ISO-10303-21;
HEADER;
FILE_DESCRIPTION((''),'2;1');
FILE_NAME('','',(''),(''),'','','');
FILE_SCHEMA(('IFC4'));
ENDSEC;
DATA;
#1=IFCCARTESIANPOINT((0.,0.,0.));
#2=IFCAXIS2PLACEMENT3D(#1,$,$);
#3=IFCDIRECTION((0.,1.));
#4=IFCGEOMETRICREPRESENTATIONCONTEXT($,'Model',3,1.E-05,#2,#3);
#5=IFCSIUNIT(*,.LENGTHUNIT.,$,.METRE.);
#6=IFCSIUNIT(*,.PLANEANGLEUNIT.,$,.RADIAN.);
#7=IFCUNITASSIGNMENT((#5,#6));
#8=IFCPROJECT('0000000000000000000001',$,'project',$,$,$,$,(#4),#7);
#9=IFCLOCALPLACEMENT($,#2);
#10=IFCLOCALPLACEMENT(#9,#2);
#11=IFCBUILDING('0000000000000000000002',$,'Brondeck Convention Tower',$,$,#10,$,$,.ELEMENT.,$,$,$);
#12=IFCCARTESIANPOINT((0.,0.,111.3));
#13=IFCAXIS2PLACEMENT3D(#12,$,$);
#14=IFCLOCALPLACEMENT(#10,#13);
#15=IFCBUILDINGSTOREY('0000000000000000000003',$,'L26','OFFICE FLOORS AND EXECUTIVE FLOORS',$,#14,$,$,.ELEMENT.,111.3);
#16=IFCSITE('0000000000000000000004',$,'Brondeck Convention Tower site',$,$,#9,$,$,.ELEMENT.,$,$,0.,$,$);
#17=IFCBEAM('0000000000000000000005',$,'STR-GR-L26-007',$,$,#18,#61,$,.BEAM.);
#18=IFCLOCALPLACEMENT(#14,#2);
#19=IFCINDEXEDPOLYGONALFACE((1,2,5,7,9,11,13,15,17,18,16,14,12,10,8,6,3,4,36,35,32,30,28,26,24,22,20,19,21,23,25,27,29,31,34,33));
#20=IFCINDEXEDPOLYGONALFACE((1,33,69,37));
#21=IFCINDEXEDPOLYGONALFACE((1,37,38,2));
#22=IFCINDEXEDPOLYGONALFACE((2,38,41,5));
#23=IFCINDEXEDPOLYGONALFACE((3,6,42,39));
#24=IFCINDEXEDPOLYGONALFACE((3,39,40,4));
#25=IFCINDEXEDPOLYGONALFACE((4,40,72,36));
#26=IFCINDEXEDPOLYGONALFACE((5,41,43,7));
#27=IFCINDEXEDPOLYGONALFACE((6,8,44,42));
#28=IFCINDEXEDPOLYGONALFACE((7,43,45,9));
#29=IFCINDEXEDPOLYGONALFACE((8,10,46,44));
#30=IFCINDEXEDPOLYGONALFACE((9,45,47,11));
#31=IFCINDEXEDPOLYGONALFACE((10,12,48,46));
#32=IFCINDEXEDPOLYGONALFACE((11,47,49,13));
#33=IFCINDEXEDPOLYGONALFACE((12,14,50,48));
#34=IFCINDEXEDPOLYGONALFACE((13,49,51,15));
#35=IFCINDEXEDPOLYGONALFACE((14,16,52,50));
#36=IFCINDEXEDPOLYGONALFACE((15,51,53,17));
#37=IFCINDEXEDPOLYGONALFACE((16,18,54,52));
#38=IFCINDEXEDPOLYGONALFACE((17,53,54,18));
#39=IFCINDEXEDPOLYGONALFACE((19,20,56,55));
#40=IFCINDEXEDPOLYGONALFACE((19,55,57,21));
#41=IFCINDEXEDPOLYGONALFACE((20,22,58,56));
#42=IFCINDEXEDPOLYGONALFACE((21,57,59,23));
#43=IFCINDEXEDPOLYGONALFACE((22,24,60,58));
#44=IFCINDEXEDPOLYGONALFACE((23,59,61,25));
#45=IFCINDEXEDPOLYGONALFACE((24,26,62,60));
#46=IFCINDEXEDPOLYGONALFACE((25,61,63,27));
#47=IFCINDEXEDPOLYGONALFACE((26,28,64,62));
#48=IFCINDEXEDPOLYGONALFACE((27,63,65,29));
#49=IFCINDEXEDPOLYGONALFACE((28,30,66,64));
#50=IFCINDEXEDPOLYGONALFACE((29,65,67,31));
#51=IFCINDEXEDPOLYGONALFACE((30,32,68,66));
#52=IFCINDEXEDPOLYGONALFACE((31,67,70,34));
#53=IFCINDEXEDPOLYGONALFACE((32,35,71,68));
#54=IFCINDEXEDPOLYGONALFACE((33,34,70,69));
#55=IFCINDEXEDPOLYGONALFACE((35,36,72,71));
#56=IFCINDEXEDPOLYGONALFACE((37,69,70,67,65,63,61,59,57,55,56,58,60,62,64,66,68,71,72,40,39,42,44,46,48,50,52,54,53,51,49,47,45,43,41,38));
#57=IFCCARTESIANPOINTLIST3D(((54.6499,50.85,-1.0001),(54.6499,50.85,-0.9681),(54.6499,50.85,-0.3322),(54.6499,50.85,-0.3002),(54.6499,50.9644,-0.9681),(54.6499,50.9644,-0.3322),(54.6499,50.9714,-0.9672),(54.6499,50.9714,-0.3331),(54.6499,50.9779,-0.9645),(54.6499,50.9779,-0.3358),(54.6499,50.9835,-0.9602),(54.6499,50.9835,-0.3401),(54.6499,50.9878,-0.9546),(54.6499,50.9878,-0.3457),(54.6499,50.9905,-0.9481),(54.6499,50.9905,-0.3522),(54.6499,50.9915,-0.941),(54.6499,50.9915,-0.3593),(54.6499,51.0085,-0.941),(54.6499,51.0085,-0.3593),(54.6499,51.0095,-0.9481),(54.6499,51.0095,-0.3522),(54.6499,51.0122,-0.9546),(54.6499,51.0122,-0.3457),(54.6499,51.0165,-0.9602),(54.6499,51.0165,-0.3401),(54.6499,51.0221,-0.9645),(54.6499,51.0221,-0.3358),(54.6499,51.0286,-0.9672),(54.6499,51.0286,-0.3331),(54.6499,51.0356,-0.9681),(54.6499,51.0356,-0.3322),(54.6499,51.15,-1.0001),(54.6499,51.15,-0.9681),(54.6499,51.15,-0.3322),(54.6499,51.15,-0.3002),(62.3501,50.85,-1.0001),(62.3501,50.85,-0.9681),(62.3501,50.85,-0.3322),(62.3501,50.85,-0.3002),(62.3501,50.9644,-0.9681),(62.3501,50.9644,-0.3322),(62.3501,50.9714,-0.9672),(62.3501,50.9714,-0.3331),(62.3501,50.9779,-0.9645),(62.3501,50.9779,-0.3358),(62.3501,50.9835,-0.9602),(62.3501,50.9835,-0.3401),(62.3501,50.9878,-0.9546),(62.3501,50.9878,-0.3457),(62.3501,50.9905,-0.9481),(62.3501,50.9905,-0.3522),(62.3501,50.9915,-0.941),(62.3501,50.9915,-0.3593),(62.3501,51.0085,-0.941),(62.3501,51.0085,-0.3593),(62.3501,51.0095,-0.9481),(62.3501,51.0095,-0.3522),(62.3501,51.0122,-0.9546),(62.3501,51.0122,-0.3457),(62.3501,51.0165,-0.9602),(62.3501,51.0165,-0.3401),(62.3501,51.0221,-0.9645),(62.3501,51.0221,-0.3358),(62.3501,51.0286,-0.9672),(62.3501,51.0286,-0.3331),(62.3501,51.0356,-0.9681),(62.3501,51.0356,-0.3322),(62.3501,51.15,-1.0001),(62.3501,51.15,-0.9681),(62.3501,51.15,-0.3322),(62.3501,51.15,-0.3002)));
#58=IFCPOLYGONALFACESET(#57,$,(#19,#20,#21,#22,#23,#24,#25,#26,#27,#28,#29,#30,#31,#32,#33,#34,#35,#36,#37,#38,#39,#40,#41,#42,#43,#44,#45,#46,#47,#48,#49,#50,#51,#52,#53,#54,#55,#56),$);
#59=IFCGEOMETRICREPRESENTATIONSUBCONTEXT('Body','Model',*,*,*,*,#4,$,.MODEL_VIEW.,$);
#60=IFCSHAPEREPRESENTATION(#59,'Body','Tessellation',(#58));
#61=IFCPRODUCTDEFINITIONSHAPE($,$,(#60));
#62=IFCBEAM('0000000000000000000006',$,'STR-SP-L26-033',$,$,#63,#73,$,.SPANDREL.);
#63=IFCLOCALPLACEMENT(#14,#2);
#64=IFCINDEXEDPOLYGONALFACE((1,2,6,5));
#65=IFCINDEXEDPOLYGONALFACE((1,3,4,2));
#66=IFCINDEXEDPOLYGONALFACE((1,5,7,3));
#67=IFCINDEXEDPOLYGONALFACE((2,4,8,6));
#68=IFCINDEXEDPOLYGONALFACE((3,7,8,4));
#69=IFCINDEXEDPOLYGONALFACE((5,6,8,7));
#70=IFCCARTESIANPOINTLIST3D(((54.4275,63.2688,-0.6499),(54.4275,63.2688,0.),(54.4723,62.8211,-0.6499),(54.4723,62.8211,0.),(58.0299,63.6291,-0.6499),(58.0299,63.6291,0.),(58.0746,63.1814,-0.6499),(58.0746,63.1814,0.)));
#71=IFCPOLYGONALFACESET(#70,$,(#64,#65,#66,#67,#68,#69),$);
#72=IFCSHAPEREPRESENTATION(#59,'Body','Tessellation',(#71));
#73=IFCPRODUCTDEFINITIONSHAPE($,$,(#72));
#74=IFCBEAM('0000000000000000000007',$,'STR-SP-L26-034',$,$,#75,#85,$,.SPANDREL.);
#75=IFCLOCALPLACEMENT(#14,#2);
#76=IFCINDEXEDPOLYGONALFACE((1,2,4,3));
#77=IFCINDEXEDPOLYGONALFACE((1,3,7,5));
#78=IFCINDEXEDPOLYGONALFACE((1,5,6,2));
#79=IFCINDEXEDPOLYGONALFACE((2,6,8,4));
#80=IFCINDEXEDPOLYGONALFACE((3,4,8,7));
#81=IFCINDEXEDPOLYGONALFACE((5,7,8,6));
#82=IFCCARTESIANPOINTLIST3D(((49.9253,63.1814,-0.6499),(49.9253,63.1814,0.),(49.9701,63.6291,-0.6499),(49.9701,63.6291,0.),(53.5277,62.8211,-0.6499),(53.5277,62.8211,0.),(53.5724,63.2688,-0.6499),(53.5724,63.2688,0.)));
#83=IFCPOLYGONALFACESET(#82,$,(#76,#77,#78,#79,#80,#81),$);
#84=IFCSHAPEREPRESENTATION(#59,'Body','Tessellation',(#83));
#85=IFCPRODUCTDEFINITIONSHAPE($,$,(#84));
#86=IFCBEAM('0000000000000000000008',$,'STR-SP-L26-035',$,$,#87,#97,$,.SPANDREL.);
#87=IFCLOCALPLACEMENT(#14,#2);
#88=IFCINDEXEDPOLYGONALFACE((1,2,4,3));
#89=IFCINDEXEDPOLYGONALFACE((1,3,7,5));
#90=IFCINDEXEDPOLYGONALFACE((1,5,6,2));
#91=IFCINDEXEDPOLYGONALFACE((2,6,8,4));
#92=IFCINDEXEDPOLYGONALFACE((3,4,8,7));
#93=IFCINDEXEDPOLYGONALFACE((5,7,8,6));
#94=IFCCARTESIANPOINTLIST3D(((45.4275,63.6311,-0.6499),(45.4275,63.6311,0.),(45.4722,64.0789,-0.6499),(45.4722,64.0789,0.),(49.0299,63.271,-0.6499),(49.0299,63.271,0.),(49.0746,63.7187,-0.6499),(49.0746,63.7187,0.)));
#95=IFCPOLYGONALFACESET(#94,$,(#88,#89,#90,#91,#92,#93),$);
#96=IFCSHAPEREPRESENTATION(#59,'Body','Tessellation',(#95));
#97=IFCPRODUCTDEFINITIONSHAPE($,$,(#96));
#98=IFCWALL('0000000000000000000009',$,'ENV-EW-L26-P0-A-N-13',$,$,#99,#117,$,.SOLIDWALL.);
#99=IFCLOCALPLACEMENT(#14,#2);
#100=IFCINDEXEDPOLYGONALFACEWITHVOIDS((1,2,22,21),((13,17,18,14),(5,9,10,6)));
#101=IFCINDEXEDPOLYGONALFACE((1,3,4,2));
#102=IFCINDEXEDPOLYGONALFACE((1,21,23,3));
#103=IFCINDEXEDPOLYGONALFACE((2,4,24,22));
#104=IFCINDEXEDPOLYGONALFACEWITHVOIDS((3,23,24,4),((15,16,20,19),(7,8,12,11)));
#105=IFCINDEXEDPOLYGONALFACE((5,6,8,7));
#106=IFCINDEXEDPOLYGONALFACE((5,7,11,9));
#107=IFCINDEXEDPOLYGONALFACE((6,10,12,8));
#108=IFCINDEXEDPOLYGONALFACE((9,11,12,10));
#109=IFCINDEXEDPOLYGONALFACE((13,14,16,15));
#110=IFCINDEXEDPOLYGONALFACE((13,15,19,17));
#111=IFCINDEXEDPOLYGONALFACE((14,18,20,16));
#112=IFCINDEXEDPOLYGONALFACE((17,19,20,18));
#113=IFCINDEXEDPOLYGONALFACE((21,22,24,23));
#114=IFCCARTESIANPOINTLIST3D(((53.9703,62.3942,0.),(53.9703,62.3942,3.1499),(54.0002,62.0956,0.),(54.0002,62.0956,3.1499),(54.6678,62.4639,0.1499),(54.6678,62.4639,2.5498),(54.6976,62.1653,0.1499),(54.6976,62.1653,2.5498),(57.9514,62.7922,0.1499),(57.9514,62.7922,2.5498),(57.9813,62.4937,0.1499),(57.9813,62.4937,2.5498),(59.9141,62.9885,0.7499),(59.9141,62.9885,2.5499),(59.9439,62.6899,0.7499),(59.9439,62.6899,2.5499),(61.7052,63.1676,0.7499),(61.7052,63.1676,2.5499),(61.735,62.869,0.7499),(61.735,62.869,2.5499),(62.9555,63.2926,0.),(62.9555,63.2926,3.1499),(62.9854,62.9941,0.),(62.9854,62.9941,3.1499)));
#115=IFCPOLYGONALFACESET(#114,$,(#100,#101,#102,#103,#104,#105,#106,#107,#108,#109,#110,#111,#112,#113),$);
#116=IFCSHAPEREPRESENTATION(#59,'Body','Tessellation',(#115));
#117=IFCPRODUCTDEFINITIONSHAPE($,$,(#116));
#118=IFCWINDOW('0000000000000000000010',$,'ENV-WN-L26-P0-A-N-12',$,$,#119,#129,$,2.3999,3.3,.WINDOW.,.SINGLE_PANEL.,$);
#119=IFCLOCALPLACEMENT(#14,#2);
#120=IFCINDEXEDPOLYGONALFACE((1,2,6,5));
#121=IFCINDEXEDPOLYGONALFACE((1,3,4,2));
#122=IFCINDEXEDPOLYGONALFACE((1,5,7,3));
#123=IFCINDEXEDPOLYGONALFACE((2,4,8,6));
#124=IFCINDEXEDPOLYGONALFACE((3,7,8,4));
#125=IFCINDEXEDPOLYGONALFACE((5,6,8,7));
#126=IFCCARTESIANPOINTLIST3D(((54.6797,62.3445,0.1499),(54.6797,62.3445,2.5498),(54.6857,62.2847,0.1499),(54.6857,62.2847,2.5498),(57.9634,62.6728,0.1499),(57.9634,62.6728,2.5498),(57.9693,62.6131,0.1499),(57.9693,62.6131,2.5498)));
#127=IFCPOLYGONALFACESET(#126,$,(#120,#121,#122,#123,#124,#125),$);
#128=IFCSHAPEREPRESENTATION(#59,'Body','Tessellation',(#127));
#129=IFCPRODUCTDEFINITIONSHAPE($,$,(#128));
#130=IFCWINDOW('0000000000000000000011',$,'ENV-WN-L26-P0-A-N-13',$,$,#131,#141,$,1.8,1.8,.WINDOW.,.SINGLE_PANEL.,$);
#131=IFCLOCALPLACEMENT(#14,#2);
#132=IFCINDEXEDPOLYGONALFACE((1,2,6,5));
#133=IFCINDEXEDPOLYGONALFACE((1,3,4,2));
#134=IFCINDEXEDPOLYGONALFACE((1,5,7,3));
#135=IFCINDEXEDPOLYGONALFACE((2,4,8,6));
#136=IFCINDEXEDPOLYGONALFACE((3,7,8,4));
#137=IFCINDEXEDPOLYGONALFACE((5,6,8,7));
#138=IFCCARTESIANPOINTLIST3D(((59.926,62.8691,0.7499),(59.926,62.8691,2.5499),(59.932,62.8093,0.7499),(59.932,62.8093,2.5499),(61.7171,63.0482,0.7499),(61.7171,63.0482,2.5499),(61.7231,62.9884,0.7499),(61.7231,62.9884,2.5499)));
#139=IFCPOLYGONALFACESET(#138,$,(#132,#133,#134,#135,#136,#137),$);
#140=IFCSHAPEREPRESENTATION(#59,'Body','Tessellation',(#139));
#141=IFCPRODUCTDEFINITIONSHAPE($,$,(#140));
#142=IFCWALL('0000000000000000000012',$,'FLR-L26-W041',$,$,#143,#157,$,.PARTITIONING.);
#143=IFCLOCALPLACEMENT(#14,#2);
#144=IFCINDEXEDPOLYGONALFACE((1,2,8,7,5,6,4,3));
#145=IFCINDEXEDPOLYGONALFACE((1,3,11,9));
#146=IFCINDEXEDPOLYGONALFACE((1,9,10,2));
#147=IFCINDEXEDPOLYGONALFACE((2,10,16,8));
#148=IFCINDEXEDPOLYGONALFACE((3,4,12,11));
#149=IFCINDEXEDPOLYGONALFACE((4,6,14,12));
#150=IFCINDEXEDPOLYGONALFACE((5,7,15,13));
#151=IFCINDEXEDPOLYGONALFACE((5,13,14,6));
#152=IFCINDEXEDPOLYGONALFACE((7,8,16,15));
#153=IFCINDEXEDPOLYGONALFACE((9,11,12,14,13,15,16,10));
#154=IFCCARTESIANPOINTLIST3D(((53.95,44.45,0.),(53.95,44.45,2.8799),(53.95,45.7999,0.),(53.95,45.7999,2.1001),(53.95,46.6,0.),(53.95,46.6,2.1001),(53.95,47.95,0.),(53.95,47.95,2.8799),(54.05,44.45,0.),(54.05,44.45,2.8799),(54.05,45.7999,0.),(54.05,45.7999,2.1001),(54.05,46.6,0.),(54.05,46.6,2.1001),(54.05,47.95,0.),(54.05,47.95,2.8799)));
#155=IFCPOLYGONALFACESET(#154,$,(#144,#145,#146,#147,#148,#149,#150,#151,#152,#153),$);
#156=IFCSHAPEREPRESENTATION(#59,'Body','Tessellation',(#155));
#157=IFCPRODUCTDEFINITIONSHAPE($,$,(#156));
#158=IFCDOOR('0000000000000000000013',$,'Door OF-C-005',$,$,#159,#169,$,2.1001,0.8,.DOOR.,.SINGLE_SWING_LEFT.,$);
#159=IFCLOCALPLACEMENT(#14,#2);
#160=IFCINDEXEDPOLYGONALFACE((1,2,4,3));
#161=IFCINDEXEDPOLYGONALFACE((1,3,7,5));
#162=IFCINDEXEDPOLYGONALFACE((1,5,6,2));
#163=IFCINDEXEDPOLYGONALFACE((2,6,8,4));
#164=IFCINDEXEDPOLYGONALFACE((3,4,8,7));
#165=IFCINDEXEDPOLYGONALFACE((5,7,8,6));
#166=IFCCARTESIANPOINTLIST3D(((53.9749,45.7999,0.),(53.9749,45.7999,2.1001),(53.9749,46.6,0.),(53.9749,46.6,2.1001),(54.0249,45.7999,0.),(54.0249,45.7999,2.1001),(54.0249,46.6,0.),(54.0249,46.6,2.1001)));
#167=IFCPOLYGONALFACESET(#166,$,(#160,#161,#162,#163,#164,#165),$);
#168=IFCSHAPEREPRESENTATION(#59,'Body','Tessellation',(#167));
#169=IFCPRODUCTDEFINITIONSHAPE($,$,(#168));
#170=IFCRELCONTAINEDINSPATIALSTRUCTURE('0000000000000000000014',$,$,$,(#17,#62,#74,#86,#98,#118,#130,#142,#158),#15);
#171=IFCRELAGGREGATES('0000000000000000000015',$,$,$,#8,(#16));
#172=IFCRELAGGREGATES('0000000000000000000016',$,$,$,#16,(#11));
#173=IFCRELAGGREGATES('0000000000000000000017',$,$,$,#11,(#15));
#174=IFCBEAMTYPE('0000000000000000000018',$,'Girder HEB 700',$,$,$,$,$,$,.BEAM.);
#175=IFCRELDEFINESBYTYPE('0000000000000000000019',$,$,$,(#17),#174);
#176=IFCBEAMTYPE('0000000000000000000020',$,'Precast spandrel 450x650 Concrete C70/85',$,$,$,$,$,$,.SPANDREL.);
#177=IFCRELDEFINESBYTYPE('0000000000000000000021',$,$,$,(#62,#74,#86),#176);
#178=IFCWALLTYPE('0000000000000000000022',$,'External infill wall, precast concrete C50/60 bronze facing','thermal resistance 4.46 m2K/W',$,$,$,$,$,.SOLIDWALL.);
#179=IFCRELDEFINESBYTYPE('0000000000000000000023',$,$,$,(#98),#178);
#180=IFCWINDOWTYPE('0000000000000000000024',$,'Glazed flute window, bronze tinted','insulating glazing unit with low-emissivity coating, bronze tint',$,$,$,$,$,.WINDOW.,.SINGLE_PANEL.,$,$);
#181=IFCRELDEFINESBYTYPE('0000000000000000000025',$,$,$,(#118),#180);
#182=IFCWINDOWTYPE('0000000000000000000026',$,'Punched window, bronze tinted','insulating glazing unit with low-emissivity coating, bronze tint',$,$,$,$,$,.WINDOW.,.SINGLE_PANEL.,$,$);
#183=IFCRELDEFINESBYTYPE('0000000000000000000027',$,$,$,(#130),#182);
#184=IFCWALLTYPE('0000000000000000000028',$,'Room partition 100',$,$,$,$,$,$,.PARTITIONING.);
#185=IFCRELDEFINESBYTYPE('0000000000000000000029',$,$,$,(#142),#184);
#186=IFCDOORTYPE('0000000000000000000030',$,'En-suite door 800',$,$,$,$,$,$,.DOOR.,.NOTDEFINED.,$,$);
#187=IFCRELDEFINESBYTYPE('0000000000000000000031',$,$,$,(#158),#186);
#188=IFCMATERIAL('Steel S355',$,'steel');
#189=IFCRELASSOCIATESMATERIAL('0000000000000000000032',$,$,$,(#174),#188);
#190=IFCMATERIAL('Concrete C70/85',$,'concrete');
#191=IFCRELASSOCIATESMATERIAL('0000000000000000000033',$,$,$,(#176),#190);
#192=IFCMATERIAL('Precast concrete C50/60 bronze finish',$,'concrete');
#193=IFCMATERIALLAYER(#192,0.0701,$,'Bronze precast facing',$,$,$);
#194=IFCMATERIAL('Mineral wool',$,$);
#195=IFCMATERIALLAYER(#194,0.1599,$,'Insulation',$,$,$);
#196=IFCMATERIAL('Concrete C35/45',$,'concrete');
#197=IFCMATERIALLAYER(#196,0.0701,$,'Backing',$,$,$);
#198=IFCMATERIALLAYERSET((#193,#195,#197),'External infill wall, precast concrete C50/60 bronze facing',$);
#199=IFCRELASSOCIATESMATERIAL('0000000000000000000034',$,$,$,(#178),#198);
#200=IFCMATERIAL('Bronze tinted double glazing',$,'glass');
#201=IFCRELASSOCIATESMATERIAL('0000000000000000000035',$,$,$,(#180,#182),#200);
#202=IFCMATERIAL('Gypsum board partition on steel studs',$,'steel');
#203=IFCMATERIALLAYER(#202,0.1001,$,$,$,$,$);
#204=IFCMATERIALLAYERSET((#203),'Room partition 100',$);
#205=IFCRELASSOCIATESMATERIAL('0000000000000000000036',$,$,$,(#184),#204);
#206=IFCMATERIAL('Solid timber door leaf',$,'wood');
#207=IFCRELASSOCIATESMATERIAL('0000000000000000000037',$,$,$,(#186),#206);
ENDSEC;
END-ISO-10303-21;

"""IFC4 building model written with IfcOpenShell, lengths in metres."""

from ifc_helpers import new_model, si_unit, direction, frame, frame_2d, origin, origin_2d, place, context, subcontext, project, spatial, rectangle, i_section, extrude, material, layer, layer_set, material_profile, profile_set, type_object, element, fill, save


model = new_model("IFC4")

# Units and contexts
model_context = context("Model", 3, precision=1e-05, world=origin(), true_north=direction((0.0, 1.0)))
body_context = subcontext(model_context, "Body", "Model", "MODEL_VIEW")
ifc_project = project(units=[si_unit("LENGTHUNIT", "METRE"), si_unit("PLANEANGLEUNIT", "RADIAN")], contexts=[model_context])

# Site, building, storey
site_placement = place(None, origin())
site = spatial("IfcSite", under=ifc_project, at=site_placement, Name="Brondeck Convention Tower site", CompositionType="ELEMENT", RefElevation=0.0)
building_placement = place(site_placement, origin())
building = spatial("IfcBuilding", under=site, at=building_placement, Name="Brondeck Convention Tower", CompositionType="ELEMENT")
storey_placement = place(building_placement, frame((0.0, 0.0, 111.3)))
storey = spatial("IfcBuildingStorey", under=building, at=storey_placement, Name="L26", Description="OFFICE FLOORS AND EXECUTIVE FLOORS", CompositionType="ELEMENT", Elevation=111.3)

# Shared definitions
ifc_material_1 = material(Name="Concrete C70/85", Category="concrete")

# Beams
ifc_material_2 = material(Name="Steel S355", Category="steel")
ifc_material_profile_1 = material_profile(ifc_material_2, i_section(OverallWidth=0.3, OverallDepth=0.7, WebThickness=0.0171, FlangeThickness=0.032, FilletRadius=0.0271, at=origin_2d()), Name="HEB 700")
ifc_profile_set_1 = profile_set([ifc_material_profile_1], Name="Steel S355")
beam_type_1 = type_object("IfcBeamType", Name="Girder HEB 700", PredefinedType="BEAM", material=ifc_profile_set_1)
for number, where, z_axis, x_axis, name in (
    (1, (54.6499, 51.0, -0.6501), (1.0, 0.0, 0.0), (0.0, 1.0, 0.0), "STR-GR-L26-007"),
):
    element("IfcBeam", number, at=place(storey_placement, frame(where, z_axis=z_axis, x_axis=x_axis)), inside=storey, type_object=beam_type_1, Name=name, PredefinedType="BEAM", context=body_context, shape_type="SweptSolid", body=[
        extrude(i_section(OverallWidth=0.3, OverallDepth=0.7, WebThickness=0.0171, FlangeThickness=0.032, FilletRadius=0.0271, at=origin_2d()), origin(), (0.0, 0.0, 1.0), 7.7002),
    ])
ifc_material_profile_2 = material_profile(ifc_material_1, rectangle(XDim=0.45, YDim=0.6499, at=origin_2d()), Name="Precast spandrel 450x650 Concrete C70/85")
ifc_profile_set_2 = profile_set([ifc_material_profile_2], Name="Concrete C70/85")
beam_type_2 = type_object("IfcBeamType", Name="Precast spandrel 450x650 Concrete C70/85", PredefinedType="SPANDREL", material=ifc_profile_set_2)
for number, where, z_axis, x_axis, name in (
    (2, (58.0522, 63.4053, -0.325), (-0.995034, -0.099537, 0.0), (0.099537, -0.995034, 0.0), "STR-SP-L26-033"),
    (3, (53.55, 63.0449, -0.325), (-0.995034, 0.099537, 0.0), (-0.099537, -0.995034, 0.0), "STR-SP-L26-034"),
    (4, (49.0522, 63.4949, -0.325), (-0.995041, 0.09947, 0.0), (-0.09947, -0.995041, 0.0), "STR-SP-L26-035"),
):
    element("IfcBeam", number, at=place(storey_placement, frame(where, z_axis=z_axis, x_axis=x_axis)), inside=storey, type_object=beam_type_2, Name=name, PredefinedType="SPANDREL", context=body_context, shape_type="SweptSolid", body=[
        extrude(rectangle(XDim=0.45, YDim=0.6499, at=origin_2d()), origin(), (0.0, 0.0, 1.0), 3.6204),
    ])

# Wall, openings, windows
ifc_material_3 = material(Name="Precast concrete C50/60 bronze finish", Category="concrete")
ifc_layer_1 = layer(ifc_material_3, 0.0701, Name="Bronze precast facing")
ifc_material_4 = material(Name="Mineral wool")
ifc_layer_2 = layer(ifc_material_4, 0.1599, Name="Insulation")
ifc_material_5 = material(Name="Concrete C35/45", Category="concrete")
ifc_layer_3 = layer(ifc_material_5, 0.0701, Name="Backing")
ifc_layer_set_1 = layer_set([ifc_layer_1, ifc_layer_2, ifc_layer_3], Name="External infill wall, precast concrete C50/60 bronze facing")
wall_type_1 = type_object("IfcWallType", Name="External infill wall, precast concrete C50/60 bronze facing", Description="thermal resistance 4.46 m2K/W", PredefinedType="SOLIDWALL", material=ifc_layer_set_1)
wall_1_placement = place(storey_placement, frame((53.9851, 62.2449, 0.0), z_axis=(0.0, 0.0, 1.0), x_axis=(0.995038, 0.099496, 0.0)))
wall_1 = element("IfcWall", 5, at=wall_1_placement, inside=storey, type_object=wall_type_1, Name="ENV-EW-L26-P0-A-N-13", PredefinedType="SOLIDWALL", context=body_context, shape_type="SweptSolid", body=[
    extrude(rectangle(XDim=9.03, YDim=0.3, at=frame_2d((4.5151, 0.0))), origin(), (0.0, 0.0, 1.0), 3.1499),
])
opening_1_placement = place(wall_1_placement, frame((0.7012, 0.0, 0.1499)))
opening_1 = element("IfcOpeningElement", 6, at=opening_1_placement, cuts=wall_1, PredefinedType="OPENING", context=body_context, shape_type="SweptSolid", body=[
    extrude(rectangle(XDim=3.3, YDim=2.3999, at=frame_2d((1.6499, 1.2))), frame((0.0, 0.1599, 0.0), z_axis=(0.0, -1.0, 0.0), x_axis=(1.0, 0.0, 0.0)), (0.0, 0.0, 1.0), 0.3201),
])
opening_2_placement = place(wall_1_placement, frame((5.9736, 0.0, 0.75)))
opening_2 = element("IfcOpeningElement", 7, at=opening_2_placement, cuts=wall_1, PredefinedType="OPENING", context=body_context, shape_type="SweptSolid", body=[
    extrude(rectangle(XDim=1.8, YDim=1.8, at=frame_2d((0.8999, 0.8999))), frame((0.0, 0.1599, 0.0), z_axis=(0.0, -1.0, 0.0), x_axis=(1.0, 0.0, 0.0)), (0.0, 0.0, 1.0), 0.3201),
])
ifc_material_6 = material(Name="Bronze tinted double glazing", Category="glass")
window_type_1 = type_object("IfcWindowType", Name="Glazed flute window, bronze tinted", Description="insulating glazing unit with low-emissivity coating, bronze tint", PartitioningType="SINGLE_PANEL", PredefinedType="WINDOW", material=ifc_material_6)
window_1_placement = place(opening_1_placement, origin())
window_1 = element("IfcWindow", 8, at=window_1_placement, inside=storey, type_object=window_type_1, Name="ENV-WN-L26-P0-A-N-12", OverallHeight=2.3999, OverallWidth=3.3, PartitioningType="SINGLE_PANEL", PredefinedType="WINDOW", context=body_context, shape_type="SweptSolid", body=[
    extrude(rectangle(XDim=3.3, YDim=2.3999, at=frame_2d((1.6499, 1.2))), frame((0.0, 0.03, 0.0), z_axis=(0.0, -1.0, 0.0), x_axis=(1.0, 0.0, 0.0)), (0.0, 0.0, 1.0), 0.0601),
])
fill(opening_1, window_1)
window_type_2 = type_object("IfcWindowType", Name="Punched window, bronze tinted", Description="insulating glazing unit with low-emissivity coating, bronze tint", PartitioningType="SINGLE_PANEL", PredefinedType="WINDOW", material=ifc_material_6)
window_2_placement = place(opening_2_placement, origin())
window_2 = element("IfcWindow", 9, at=window_2_placement, inside=storey, type_object=window_type_2, Name="ENV-WN-L26-P0-A-N-13", OverallHeight=1.8, OverallWidth=1.8, PartitioningType="SINGLE_PANEL", PredefinedType="WINDOW", context=body_context, shape_type="SweptSolid", body=[
    extrude(rectangle(XDim=1.8, YDim=1.8, at=frame_2d((0.8999, 0.8999))), frame((0.0, 0.03, 0.0), z_axis=(0.0, -1.0, 0.0), x_axis=(1.0, 0.0, 0.0)), (0.0, 0.0, 1.0), 0.0601),
])
fill(opening_2, window_2)

# Wall, opening, door
ifc_material_7 = material(Name="Gypsum board partition on steel studs", Category="steel")
ifc_layer_4 = layer(ifc_material_7, 0.1001)
ifc_layer_set_2 = layer_set([ifc_layer_4], Name="Room partition 100")
wall_type_2 = type_object("IfcWallType", Name="Room partition 100", PredefinedType="PARTITIONING", material=ifc_layer_set_2)
wall_2_placement = place(storey_placement, frame((54.0, 47.95, 0.0), z_axis=(0.0, 0.0, 1.0), x_axis=(0.0, -1.0, 0.0)))
wall_2 = element("IfcWall", 10, at=wall_2_placement, inside=storey, type_object=wall_type_2, Name="FLR-L26-W041", PredefinedType="PARTITIONING", context=body_context, shape_type="SweptSolid", body=[
    extrude(rectangle(XDim=3.5, YDim=0.1001, at=frame_2d((1.75, 0.0))), origin(), (0.0, 0.0, 1.0), 2.8799),
])
opening_3_placement = place(wall_2_placement, frame((1.3501, 0.0, 0.0)))
opening_3 = element("IfcOpeningElement", 11, at=opening_3_placement, cuts=wall_2, PredefinedType="OPENING", context=body_context, shape_type="SweptSolid", body=[
    extrude(rectangle(XDim=0.8, YDim=2.1001, at=frame_2d((0.3999, 1.05))), frame((0.0, 0.0601, 0.0), z_axis=(0.0, -1.0, 0.0), x_axis=(1.0, 0.0, 0.0)), (0.0, 0.0, 1.0), 0.1201),
])
ifc_material_8 = material(Name="Solid timber door leaf", Category="wood")
door_type_1 = type_object("IfcDoorType", Name="En-suite door 800", OperationType="NOTDEFINED", PredefinedType="DOOR", material=ifc_material_8)
door_1_placement = place(opening_3_placement, origin())
door_1 = element("IfcDoor", 12, at=door_1_placement, inside=storey, type_object=door_type_1, Name="Door OF-C-005", OperationType="SINGLE_SWING_LEFT", OverallHeight=2.1001, OverallWidth=0.8, PredefinedType="DOOR", context=body_context, shape_type="SweptSolid", body=[
    extrude(rectangle(XDim=0.8, YDim=2.1001, at=frame_2d((0.3999, 1.05))), frame((0.0, 0.0249, 0.0), z_axis=(0.0, -1.0, 0.0), x_axis=(1.0, 0.0, 0.0)), (0.0, 0.0, 1.0), 0.05),
])
fill(opening_3, door_1)

save(model, "model.ifc")
